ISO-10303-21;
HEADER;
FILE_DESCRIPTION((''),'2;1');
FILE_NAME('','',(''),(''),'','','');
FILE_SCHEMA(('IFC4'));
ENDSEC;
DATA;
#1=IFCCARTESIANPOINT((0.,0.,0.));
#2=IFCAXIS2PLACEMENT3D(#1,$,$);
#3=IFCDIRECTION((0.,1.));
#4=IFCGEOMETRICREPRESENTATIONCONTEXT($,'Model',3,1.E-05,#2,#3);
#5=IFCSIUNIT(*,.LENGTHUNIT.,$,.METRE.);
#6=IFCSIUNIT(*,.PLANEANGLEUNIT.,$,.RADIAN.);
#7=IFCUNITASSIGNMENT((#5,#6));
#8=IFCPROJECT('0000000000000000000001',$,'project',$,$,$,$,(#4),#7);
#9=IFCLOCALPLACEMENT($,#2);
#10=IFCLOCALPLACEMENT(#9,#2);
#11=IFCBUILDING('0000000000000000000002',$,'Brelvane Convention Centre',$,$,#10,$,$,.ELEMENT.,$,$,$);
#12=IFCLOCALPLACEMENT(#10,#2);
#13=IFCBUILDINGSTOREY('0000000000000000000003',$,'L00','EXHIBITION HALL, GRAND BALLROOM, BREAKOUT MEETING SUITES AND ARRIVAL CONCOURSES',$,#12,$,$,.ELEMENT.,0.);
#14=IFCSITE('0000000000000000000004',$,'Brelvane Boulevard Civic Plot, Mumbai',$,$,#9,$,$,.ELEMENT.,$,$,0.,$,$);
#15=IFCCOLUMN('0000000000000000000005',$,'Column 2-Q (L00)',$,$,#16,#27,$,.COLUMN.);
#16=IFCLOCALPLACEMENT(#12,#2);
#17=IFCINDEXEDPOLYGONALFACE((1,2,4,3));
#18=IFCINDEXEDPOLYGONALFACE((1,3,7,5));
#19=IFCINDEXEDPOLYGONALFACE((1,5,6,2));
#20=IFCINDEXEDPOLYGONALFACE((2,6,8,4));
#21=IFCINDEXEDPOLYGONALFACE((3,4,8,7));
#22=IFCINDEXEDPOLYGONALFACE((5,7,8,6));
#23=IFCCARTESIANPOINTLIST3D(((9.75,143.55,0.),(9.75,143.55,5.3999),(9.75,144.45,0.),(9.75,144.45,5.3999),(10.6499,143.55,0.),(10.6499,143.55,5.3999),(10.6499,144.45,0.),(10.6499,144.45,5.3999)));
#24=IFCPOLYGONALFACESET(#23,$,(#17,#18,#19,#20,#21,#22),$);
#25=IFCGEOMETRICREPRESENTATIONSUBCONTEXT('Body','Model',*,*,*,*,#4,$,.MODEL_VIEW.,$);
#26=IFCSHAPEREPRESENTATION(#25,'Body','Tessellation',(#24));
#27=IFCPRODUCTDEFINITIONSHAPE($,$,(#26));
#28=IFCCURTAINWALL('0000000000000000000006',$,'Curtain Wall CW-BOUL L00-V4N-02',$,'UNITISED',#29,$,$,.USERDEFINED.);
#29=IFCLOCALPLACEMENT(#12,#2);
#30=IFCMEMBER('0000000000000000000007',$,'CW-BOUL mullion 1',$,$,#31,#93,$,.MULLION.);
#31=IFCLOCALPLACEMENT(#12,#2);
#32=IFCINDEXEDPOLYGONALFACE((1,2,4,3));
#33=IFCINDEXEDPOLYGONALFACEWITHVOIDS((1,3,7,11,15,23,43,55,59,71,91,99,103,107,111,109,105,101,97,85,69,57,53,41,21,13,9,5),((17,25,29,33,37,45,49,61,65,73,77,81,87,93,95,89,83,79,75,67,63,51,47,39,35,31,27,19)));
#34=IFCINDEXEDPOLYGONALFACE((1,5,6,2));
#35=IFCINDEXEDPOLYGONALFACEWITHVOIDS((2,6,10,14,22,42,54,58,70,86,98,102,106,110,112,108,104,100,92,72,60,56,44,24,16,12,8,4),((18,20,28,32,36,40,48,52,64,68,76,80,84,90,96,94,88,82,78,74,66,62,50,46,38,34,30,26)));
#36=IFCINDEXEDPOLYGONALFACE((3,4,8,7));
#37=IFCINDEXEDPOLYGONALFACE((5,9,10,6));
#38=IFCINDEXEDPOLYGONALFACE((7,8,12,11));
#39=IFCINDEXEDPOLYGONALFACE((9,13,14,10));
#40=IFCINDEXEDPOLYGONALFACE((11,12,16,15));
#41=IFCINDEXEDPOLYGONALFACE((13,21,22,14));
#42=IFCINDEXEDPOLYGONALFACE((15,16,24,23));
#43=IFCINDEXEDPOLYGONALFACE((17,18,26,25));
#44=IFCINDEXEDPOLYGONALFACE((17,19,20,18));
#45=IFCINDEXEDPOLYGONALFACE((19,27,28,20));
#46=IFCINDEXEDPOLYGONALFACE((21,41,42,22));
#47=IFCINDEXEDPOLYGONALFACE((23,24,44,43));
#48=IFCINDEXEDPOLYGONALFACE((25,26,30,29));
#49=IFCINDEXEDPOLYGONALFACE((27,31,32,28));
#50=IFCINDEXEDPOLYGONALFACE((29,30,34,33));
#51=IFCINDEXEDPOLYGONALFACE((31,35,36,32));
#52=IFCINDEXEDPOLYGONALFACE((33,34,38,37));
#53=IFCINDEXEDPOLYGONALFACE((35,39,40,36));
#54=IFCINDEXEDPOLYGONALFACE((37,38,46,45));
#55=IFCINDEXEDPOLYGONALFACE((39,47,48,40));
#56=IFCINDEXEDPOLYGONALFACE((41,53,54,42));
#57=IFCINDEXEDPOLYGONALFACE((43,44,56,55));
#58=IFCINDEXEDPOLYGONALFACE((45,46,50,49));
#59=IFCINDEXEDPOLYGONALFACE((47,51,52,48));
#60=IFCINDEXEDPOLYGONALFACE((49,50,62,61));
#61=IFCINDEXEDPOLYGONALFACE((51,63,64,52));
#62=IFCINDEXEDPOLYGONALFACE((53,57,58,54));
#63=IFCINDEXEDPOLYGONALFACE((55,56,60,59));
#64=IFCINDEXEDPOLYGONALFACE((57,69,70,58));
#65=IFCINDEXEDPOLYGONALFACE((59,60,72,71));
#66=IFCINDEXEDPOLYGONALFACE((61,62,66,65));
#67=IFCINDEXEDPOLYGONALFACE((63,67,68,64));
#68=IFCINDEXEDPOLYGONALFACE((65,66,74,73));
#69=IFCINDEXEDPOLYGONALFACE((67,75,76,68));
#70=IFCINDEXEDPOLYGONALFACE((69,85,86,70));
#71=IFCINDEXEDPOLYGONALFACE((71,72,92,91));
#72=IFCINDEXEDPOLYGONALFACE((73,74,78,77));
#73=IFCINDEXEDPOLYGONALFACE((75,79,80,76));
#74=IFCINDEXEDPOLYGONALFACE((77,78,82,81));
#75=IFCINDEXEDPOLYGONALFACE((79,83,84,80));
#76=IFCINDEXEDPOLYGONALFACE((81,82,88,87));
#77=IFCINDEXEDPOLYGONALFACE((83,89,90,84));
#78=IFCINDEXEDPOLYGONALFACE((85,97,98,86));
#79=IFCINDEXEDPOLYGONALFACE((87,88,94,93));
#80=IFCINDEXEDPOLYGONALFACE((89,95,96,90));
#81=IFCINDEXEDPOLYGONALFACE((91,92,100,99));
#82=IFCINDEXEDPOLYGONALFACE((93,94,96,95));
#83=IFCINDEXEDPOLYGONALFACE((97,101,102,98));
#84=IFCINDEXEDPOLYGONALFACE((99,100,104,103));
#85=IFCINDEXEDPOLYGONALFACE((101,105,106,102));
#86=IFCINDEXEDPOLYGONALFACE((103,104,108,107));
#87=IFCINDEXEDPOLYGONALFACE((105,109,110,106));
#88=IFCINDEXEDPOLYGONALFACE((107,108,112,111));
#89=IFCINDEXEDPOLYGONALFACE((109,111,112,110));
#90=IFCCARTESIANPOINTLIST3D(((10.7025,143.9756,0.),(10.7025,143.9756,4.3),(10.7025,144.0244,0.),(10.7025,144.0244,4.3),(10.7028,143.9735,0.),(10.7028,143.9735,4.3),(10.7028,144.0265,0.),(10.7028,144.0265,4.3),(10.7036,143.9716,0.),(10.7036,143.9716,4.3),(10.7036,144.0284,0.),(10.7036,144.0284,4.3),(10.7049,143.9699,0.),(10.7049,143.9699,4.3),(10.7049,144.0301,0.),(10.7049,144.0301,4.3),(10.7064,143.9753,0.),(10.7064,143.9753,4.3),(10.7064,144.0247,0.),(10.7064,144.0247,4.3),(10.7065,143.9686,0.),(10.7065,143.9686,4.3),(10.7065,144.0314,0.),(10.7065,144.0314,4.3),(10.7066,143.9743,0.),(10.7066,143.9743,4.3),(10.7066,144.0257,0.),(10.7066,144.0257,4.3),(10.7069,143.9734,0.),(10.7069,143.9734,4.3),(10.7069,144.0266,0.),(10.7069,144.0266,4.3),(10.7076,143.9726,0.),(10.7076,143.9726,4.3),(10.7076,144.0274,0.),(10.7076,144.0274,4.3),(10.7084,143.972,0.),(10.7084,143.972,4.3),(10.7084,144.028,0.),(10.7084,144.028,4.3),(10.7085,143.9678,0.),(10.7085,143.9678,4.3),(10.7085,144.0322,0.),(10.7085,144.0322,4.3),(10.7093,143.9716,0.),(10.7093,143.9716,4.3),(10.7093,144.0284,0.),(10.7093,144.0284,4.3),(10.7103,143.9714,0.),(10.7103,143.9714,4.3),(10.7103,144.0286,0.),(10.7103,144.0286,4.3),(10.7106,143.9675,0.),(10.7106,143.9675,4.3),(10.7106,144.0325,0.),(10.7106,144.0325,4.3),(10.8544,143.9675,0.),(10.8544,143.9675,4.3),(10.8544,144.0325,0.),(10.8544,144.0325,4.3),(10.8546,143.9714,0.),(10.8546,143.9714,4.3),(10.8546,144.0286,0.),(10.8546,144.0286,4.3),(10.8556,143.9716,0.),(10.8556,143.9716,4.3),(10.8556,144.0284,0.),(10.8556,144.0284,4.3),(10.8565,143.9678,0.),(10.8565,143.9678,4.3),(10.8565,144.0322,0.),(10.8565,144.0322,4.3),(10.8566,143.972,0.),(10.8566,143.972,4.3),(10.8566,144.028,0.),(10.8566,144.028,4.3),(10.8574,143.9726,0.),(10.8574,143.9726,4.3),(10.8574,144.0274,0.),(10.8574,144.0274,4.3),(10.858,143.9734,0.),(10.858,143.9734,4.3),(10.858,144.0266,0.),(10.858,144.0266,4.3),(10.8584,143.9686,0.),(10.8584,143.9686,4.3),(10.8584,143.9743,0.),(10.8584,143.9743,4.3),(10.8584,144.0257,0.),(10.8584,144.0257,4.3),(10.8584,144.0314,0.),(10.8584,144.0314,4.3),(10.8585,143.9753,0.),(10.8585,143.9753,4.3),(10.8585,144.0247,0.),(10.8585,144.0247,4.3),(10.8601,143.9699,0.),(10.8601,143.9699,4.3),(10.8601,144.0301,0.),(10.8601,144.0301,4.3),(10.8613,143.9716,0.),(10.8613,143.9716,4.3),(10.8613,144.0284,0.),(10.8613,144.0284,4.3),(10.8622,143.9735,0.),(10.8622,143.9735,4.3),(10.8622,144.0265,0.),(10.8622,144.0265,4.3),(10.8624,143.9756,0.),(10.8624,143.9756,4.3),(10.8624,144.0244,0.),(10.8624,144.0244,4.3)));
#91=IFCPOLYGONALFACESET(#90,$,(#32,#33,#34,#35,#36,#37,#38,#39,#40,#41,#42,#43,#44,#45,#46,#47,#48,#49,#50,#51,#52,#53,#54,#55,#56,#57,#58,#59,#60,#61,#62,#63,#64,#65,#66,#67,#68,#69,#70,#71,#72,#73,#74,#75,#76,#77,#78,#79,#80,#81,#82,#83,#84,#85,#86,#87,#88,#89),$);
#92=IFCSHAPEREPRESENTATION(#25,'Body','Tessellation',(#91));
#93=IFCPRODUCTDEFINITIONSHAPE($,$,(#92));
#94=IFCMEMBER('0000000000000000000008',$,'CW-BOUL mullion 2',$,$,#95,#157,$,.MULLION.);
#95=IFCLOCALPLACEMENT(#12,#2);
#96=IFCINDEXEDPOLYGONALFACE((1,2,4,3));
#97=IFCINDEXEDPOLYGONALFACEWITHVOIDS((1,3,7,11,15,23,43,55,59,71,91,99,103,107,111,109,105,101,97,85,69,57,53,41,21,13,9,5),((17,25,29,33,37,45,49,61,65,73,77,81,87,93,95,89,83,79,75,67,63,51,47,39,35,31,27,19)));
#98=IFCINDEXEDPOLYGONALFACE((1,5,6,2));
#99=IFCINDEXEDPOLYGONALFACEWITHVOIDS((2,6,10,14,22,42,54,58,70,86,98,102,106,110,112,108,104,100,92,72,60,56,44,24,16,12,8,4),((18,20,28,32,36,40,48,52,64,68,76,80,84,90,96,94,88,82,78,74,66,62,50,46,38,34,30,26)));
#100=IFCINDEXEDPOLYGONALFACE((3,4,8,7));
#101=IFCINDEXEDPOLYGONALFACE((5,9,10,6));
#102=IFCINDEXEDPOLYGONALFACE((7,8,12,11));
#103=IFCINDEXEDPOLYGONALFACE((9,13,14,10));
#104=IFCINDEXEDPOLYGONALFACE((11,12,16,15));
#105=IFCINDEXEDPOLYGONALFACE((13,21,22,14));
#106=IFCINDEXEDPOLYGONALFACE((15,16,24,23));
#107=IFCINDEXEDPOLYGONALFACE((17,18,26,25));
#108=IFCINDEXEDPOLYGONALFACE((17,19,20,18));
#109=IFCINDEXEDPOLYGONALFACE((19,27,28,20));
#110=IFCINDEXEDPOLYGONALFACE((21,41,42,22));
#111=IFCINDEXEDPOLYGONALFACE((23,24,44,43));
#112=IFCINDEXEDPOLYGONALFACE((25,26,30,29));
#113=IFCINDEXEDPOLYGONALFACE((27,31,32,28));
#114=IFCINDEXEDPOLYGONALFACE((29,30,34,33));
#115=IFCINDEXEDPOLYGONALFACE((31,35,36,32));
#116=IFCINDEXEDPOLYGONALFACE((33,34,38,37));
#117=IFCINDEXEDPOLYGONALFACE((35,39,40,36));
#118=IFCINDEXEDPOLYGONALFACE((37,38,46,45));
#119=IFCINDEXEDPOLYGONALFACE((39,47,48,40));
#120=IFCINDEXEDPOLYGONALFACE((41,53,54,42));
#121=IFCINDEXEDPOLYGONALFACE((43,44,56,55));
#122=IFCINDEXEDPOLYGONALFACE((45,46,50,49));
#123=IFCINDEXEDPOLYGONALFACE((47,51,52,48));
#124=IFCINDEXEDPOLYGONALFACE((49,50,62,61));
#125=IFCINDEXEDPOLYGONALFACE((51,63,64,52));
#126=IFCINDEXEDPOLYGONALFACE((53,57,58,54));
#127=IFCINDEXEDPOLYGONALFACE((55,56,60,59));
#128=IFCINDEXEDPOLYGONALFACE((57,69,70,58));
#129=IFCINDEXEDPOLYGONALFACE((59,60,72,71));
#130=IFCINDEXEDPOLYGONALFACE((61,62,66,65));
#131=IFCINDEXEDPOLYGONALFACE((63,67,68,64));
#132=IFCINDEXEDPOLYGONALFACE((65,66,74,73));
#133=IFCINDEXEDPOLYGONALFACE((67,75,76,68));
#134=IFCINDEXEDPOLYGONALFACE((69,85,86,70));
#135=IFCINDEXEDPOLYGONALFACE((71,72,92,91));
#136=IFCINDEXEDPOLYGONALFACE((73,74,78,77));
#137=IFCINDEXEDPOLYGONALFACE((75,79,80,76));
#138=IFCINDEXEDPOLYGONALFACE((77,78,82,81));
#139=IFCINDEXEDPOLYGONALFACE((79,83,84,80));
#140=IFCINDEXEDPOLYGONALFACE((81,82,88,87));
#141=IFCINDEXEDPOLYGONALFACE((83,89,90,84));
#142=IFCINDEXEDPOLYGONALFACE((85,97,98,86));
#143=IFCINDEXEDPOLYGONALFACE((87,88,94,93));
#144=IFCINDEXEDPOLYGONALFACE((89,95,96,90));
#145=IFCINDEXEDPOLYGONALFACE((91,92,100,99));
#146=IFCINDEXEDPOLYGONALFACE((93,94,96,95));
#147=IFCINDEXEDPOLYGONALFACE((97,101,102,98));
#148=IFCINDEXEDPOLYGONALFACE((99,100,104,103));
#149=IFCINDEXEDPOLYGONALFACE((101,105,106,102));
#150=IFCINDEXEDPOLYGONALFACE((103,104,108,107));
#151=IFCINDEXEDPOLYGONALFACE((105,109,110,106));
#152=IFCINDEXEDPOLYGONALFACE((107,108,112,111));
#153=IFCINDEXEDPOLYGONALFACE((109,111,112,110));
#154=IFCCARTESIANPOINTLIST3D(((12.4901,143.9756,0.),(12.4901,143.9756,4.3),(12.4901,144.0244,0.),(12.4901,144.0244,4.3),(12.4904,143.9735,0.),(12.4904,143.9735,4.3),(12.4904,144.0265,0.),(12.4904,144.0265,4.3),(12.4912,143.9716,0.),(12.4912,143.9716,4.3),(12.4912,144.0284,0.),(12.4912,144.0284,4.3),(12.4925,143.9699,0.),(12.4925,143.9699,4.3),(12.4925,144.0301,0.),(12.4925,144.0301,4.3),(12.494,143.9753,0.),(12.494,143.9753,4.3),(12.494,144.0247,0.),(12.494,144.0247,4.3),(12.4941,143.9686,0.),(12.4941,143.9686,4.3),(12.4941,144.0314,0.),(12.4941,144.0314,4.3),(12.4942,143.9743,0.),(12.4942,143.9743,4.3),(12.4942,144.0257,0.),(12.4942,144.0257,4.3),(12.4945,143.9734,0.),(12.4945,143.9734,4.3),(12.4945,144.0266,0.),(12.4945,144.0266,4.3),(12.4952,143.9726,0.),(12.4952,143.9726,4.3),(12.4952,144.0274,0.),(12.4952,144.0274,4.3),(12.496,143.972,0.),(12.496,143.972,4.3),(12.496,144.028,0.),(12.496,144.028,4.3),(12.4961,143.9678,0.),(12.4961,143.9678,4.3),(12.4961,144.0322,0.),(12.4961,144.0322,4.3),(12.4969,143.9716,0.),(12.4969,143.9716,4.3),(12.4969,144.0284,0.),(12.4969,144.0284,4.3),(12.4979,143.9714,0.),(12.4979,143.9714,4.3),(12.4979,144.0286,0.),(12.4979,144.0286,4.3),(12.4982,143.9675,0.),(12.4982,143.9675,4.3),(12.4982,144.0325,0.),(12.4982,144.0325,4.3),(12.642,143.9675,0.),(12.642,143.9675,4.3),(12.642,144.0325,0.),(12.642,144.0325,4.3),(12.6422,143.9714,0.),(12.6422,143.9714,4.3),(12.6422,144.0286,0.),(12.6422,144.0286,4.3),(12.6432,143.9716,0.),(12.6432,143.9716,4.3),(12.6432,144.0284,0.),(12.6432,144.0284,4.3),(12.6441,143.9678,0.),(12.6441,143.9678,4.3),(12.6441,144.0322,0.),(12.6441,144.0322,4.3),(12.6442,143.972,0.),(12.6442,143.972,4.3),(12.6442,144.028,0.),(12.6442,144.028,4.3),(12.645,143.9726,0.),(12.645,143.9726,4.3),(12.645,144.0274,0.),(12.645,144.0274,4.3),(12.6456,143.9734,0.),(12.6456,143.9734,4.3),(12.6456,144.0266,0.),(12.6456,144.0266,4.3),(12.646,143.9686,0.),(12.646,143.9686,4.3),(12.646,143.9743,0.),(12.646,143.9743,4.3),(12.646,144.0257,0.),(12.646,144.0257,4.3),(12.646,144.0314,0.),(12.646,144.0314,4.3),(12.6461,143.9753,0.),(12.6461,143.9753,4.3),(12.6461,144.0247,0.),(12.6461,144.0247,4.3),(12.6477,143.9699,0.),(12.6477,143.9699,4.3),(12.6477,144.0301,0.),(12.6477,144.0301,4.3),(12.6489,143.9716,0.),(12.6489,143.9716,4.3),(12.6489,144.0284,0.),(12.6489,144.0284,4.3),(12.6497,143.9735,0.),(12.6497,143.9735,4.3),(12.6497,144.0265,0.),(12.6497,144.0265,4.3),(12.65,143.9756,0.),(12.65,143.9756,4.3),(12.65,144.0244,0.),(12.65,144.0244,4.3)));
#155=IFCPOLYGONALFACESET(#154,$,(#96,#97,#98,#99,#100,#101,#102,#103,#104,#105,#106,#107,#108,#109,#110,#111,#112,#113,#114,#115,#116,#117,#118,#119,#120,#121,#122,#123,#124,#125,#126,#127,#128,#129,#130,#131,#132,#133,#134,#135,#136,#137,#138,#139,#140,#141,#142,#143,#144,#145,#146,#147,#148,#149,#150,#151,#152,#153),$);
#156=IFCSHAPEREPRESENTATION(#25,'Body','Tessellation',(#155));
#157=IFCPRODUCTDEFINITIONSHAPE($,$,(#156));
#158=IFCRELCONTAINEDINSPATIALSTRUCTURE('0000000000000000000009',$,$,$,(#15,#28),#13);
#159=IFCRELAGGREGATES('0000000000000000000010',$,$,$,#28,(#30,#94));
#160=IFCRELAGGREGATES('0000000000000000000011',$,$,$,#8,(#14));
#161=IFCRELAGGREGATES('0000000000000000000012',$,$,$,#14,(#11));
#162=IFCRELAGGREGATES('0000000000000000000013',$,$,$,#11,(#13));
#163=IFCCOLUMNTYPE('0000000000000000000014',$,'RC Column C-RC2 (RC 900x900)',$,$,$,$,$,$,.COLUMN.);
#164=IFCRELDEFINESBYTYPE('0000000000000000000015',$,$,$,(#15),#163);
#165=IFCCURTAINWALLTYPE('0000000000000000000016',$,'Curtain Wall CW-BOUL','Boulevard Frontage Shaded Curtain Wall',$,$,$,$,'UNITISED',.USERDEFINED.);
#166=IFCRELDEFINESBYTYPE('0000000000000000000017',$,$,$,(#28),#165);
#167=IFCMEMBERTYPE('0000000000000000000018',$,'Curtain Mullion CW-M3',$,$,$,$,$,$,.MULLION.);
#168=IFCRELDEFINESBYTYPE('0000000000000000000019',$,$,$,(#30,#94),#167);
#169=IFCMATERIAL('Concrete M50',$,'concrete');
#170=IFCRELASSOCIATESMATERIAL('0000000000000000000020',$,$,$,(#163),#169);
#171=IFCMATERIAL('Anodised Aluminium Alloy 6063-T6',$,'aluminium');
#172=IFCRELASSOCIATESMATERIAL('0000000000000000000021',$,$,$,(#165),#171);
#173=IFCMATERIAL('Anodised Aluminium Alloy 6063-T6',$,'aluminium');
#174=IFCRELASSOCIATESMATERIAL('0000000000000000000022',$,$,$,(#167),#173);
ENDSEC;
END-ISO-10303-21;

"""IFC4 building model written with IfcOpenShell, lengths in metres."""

from ifc_helpers import new_model, si_unit, direction, frame, origin, origin_2d, place, context, subcontext, project, spatial, rectangle, hollow_rectangle, extrude, material, material_profile, profile_set, type_object, element, aggregate, save


model = new_model("IFC4")

# Units and contexts
model_context = context("Model", 3, precision=1e-05, world=origin(), true_north=direction((0.0, 1.0)))
body_context = subcontext(model_context, "Body", "Model", "MODEL_VIEW")
ifc_project = project(units=[si_unit("LENGTHUNIT", "METRE"), si_unit("PLANEANGLEUNIT", "RADIAN")], contexts=[model_context])

# Site, building, storey
site_placement = place(None, origin())
site = spatial("IfcSite", under=ifc_project, at=site_placement, Name="Brelvane Boulevard Civic Plot, Mumbai", CompositionType="ELEMENT", RefElevation=0.0)
building_placement = place(site_placement, origin())
building = spatial("IfcBuilding", under=site, at=building_placement, Name="Brelvane Convention Centre", CompositionType="ELEMENT")
storey_placement = place(building_placement, origin())
storey = spatial("IfcBuildingStorey", under=building, at=storey_placement, Name="L00", Description="EXHIBITION HALL, GRAND BALLROOM, BREAKOUT MEETING SUITES AND ARRIVAL CONCOURSES", CompositionType="ELEMENT", Elevation=0.0)

# Column
ifc_material_1 = material(Name="Concrete M50", Category="concrete")
ifc_material_profile_1 = material_profile(ifc_material_1, rectangle(XDim=0.8999, YDim=0.8999, at=origin_2d()), Name="RC 900x900")
ifc_profile_set_1 = profile_set([ifc_material_profile_1], Name="Concrete M50")
column_type = type_object("IfcColumnType", Name="RC Column C-RC2 (RC 900x900)", PredefinedType="COLUMN", material=ifc_profile_set_1)
column_placement = place(storey_placement, frame((10.2, 144.0, 0.0), z_axis=(0.0, 0.0, 1.0), x_axis=(1.0, 0.0, 0.0)))
element("IfcColumn", 1, at=column_placement, inside=storey, type_object=column_type, Name="Column 2-Q (L00)", PredefinedType="COLUMN", context=body_context, shape_type="SweptSolid", body=[
    extrude(rectangle(XDim=0.8999, YDim=0.8999, at=origin_2d()), origin(), (0.0, 0.0, 1.0), 5.3999),
])

# Curtain wall, members
ifc_material_2 = material(Name="Anodised Aluminium Alloy 6063-T6", Category="aluminium")
curtain_wall_type = type_object("IfcCurtainWallType", Name="Curtain Wall CW-BOUL", Description="Boulevard Frontage Shaded Curtain Wall", ElementType="UNITISED", PredefinedType="USERDEFINED", material=ifc_material_2)
curtain_wall_placement = place(storey_placement, origin())
curtain_wall = element("IfcCurtainWall", 2, at=curtain_wall_placement, inside=storey, type_object=curtain_wall_type, Name="Curtain Wall CW-BOUL L00-V4N-02", ObjectType="UNITISED", PredefinedType="USERDEFINED")
ifc_material_3 = material(Name="Anodised Aluminium Alloy 6063-T6", Category="aluminium")
ifc_material_profile_2 = material_profile(ifc_material_3, hollow_rectangle(XDim=0.0649, YDim=0.1599, WallThickness=0.0039, InnerFilletRadius=0.0039, OuterFilletRadius=0.0081, at=origin_2d()), Name="ALU-M 160x65x4.0")
ifc_profile_set_2 = profile_set([ifc_material_profile_2], Name="Anodised Aluminium Alloy 6063-T6")
member_type_1 = type_object("IfcMemberType", Name="Curtain Mullion CW-M3", PredefinedType="MULLION", material=ifc_profile_set_2)
member_1_placement = place(storey_placement, frame((10.7825, 144.0, 0.0), z_axis=(0.0, 0.0, 1.0), x_axis=(0.0, 1.0, 0.0)))
member_1 = element("IfcMember", 3, at=member_1_placement, type_object=member_type_1, Name="CW-BOUL mullion 1", PredefinedType="MULLION", context=body_context, shape_type="SweptSolid", body=[
    extrude(hollow_rectangle(XDim=0.0649, YDim=0.1599, WallThickness=0.0039, InnerFilletRadius=0.0039, OuterFilletRadius=0.0081, at=origin_2d()), origin(), (0.0, 0.0, 1.0), 4.3),
])
member_2_placement = place(storey_placement, frame((12.5701, 144.0, 0.0), z_axis=(0.0, 0.0, 1.0), x_axis=(0.0, 1.0, 0.0)))
member_2 = element("IfcMember", 4, at=member_2_placement, type_object=member_type_1, Name="CW-BOUL mullion 2", PredefinedType="MULLION", context=body_context, shape_type="SweptSolid", body=[
    extrude(hollow_rectangle(XDim=0.0649, YDim=0.1599, WallThickness=0.0039, InnerFilletRadius=0.0039, OuterFilletRadius=0.0081, at=origin_2d()), origin(), (0.0, 0.0, 1.0), 4.3),
])

aggregate(curtain_wall, [member_1, member_2])

save(model, "model.ifc")
